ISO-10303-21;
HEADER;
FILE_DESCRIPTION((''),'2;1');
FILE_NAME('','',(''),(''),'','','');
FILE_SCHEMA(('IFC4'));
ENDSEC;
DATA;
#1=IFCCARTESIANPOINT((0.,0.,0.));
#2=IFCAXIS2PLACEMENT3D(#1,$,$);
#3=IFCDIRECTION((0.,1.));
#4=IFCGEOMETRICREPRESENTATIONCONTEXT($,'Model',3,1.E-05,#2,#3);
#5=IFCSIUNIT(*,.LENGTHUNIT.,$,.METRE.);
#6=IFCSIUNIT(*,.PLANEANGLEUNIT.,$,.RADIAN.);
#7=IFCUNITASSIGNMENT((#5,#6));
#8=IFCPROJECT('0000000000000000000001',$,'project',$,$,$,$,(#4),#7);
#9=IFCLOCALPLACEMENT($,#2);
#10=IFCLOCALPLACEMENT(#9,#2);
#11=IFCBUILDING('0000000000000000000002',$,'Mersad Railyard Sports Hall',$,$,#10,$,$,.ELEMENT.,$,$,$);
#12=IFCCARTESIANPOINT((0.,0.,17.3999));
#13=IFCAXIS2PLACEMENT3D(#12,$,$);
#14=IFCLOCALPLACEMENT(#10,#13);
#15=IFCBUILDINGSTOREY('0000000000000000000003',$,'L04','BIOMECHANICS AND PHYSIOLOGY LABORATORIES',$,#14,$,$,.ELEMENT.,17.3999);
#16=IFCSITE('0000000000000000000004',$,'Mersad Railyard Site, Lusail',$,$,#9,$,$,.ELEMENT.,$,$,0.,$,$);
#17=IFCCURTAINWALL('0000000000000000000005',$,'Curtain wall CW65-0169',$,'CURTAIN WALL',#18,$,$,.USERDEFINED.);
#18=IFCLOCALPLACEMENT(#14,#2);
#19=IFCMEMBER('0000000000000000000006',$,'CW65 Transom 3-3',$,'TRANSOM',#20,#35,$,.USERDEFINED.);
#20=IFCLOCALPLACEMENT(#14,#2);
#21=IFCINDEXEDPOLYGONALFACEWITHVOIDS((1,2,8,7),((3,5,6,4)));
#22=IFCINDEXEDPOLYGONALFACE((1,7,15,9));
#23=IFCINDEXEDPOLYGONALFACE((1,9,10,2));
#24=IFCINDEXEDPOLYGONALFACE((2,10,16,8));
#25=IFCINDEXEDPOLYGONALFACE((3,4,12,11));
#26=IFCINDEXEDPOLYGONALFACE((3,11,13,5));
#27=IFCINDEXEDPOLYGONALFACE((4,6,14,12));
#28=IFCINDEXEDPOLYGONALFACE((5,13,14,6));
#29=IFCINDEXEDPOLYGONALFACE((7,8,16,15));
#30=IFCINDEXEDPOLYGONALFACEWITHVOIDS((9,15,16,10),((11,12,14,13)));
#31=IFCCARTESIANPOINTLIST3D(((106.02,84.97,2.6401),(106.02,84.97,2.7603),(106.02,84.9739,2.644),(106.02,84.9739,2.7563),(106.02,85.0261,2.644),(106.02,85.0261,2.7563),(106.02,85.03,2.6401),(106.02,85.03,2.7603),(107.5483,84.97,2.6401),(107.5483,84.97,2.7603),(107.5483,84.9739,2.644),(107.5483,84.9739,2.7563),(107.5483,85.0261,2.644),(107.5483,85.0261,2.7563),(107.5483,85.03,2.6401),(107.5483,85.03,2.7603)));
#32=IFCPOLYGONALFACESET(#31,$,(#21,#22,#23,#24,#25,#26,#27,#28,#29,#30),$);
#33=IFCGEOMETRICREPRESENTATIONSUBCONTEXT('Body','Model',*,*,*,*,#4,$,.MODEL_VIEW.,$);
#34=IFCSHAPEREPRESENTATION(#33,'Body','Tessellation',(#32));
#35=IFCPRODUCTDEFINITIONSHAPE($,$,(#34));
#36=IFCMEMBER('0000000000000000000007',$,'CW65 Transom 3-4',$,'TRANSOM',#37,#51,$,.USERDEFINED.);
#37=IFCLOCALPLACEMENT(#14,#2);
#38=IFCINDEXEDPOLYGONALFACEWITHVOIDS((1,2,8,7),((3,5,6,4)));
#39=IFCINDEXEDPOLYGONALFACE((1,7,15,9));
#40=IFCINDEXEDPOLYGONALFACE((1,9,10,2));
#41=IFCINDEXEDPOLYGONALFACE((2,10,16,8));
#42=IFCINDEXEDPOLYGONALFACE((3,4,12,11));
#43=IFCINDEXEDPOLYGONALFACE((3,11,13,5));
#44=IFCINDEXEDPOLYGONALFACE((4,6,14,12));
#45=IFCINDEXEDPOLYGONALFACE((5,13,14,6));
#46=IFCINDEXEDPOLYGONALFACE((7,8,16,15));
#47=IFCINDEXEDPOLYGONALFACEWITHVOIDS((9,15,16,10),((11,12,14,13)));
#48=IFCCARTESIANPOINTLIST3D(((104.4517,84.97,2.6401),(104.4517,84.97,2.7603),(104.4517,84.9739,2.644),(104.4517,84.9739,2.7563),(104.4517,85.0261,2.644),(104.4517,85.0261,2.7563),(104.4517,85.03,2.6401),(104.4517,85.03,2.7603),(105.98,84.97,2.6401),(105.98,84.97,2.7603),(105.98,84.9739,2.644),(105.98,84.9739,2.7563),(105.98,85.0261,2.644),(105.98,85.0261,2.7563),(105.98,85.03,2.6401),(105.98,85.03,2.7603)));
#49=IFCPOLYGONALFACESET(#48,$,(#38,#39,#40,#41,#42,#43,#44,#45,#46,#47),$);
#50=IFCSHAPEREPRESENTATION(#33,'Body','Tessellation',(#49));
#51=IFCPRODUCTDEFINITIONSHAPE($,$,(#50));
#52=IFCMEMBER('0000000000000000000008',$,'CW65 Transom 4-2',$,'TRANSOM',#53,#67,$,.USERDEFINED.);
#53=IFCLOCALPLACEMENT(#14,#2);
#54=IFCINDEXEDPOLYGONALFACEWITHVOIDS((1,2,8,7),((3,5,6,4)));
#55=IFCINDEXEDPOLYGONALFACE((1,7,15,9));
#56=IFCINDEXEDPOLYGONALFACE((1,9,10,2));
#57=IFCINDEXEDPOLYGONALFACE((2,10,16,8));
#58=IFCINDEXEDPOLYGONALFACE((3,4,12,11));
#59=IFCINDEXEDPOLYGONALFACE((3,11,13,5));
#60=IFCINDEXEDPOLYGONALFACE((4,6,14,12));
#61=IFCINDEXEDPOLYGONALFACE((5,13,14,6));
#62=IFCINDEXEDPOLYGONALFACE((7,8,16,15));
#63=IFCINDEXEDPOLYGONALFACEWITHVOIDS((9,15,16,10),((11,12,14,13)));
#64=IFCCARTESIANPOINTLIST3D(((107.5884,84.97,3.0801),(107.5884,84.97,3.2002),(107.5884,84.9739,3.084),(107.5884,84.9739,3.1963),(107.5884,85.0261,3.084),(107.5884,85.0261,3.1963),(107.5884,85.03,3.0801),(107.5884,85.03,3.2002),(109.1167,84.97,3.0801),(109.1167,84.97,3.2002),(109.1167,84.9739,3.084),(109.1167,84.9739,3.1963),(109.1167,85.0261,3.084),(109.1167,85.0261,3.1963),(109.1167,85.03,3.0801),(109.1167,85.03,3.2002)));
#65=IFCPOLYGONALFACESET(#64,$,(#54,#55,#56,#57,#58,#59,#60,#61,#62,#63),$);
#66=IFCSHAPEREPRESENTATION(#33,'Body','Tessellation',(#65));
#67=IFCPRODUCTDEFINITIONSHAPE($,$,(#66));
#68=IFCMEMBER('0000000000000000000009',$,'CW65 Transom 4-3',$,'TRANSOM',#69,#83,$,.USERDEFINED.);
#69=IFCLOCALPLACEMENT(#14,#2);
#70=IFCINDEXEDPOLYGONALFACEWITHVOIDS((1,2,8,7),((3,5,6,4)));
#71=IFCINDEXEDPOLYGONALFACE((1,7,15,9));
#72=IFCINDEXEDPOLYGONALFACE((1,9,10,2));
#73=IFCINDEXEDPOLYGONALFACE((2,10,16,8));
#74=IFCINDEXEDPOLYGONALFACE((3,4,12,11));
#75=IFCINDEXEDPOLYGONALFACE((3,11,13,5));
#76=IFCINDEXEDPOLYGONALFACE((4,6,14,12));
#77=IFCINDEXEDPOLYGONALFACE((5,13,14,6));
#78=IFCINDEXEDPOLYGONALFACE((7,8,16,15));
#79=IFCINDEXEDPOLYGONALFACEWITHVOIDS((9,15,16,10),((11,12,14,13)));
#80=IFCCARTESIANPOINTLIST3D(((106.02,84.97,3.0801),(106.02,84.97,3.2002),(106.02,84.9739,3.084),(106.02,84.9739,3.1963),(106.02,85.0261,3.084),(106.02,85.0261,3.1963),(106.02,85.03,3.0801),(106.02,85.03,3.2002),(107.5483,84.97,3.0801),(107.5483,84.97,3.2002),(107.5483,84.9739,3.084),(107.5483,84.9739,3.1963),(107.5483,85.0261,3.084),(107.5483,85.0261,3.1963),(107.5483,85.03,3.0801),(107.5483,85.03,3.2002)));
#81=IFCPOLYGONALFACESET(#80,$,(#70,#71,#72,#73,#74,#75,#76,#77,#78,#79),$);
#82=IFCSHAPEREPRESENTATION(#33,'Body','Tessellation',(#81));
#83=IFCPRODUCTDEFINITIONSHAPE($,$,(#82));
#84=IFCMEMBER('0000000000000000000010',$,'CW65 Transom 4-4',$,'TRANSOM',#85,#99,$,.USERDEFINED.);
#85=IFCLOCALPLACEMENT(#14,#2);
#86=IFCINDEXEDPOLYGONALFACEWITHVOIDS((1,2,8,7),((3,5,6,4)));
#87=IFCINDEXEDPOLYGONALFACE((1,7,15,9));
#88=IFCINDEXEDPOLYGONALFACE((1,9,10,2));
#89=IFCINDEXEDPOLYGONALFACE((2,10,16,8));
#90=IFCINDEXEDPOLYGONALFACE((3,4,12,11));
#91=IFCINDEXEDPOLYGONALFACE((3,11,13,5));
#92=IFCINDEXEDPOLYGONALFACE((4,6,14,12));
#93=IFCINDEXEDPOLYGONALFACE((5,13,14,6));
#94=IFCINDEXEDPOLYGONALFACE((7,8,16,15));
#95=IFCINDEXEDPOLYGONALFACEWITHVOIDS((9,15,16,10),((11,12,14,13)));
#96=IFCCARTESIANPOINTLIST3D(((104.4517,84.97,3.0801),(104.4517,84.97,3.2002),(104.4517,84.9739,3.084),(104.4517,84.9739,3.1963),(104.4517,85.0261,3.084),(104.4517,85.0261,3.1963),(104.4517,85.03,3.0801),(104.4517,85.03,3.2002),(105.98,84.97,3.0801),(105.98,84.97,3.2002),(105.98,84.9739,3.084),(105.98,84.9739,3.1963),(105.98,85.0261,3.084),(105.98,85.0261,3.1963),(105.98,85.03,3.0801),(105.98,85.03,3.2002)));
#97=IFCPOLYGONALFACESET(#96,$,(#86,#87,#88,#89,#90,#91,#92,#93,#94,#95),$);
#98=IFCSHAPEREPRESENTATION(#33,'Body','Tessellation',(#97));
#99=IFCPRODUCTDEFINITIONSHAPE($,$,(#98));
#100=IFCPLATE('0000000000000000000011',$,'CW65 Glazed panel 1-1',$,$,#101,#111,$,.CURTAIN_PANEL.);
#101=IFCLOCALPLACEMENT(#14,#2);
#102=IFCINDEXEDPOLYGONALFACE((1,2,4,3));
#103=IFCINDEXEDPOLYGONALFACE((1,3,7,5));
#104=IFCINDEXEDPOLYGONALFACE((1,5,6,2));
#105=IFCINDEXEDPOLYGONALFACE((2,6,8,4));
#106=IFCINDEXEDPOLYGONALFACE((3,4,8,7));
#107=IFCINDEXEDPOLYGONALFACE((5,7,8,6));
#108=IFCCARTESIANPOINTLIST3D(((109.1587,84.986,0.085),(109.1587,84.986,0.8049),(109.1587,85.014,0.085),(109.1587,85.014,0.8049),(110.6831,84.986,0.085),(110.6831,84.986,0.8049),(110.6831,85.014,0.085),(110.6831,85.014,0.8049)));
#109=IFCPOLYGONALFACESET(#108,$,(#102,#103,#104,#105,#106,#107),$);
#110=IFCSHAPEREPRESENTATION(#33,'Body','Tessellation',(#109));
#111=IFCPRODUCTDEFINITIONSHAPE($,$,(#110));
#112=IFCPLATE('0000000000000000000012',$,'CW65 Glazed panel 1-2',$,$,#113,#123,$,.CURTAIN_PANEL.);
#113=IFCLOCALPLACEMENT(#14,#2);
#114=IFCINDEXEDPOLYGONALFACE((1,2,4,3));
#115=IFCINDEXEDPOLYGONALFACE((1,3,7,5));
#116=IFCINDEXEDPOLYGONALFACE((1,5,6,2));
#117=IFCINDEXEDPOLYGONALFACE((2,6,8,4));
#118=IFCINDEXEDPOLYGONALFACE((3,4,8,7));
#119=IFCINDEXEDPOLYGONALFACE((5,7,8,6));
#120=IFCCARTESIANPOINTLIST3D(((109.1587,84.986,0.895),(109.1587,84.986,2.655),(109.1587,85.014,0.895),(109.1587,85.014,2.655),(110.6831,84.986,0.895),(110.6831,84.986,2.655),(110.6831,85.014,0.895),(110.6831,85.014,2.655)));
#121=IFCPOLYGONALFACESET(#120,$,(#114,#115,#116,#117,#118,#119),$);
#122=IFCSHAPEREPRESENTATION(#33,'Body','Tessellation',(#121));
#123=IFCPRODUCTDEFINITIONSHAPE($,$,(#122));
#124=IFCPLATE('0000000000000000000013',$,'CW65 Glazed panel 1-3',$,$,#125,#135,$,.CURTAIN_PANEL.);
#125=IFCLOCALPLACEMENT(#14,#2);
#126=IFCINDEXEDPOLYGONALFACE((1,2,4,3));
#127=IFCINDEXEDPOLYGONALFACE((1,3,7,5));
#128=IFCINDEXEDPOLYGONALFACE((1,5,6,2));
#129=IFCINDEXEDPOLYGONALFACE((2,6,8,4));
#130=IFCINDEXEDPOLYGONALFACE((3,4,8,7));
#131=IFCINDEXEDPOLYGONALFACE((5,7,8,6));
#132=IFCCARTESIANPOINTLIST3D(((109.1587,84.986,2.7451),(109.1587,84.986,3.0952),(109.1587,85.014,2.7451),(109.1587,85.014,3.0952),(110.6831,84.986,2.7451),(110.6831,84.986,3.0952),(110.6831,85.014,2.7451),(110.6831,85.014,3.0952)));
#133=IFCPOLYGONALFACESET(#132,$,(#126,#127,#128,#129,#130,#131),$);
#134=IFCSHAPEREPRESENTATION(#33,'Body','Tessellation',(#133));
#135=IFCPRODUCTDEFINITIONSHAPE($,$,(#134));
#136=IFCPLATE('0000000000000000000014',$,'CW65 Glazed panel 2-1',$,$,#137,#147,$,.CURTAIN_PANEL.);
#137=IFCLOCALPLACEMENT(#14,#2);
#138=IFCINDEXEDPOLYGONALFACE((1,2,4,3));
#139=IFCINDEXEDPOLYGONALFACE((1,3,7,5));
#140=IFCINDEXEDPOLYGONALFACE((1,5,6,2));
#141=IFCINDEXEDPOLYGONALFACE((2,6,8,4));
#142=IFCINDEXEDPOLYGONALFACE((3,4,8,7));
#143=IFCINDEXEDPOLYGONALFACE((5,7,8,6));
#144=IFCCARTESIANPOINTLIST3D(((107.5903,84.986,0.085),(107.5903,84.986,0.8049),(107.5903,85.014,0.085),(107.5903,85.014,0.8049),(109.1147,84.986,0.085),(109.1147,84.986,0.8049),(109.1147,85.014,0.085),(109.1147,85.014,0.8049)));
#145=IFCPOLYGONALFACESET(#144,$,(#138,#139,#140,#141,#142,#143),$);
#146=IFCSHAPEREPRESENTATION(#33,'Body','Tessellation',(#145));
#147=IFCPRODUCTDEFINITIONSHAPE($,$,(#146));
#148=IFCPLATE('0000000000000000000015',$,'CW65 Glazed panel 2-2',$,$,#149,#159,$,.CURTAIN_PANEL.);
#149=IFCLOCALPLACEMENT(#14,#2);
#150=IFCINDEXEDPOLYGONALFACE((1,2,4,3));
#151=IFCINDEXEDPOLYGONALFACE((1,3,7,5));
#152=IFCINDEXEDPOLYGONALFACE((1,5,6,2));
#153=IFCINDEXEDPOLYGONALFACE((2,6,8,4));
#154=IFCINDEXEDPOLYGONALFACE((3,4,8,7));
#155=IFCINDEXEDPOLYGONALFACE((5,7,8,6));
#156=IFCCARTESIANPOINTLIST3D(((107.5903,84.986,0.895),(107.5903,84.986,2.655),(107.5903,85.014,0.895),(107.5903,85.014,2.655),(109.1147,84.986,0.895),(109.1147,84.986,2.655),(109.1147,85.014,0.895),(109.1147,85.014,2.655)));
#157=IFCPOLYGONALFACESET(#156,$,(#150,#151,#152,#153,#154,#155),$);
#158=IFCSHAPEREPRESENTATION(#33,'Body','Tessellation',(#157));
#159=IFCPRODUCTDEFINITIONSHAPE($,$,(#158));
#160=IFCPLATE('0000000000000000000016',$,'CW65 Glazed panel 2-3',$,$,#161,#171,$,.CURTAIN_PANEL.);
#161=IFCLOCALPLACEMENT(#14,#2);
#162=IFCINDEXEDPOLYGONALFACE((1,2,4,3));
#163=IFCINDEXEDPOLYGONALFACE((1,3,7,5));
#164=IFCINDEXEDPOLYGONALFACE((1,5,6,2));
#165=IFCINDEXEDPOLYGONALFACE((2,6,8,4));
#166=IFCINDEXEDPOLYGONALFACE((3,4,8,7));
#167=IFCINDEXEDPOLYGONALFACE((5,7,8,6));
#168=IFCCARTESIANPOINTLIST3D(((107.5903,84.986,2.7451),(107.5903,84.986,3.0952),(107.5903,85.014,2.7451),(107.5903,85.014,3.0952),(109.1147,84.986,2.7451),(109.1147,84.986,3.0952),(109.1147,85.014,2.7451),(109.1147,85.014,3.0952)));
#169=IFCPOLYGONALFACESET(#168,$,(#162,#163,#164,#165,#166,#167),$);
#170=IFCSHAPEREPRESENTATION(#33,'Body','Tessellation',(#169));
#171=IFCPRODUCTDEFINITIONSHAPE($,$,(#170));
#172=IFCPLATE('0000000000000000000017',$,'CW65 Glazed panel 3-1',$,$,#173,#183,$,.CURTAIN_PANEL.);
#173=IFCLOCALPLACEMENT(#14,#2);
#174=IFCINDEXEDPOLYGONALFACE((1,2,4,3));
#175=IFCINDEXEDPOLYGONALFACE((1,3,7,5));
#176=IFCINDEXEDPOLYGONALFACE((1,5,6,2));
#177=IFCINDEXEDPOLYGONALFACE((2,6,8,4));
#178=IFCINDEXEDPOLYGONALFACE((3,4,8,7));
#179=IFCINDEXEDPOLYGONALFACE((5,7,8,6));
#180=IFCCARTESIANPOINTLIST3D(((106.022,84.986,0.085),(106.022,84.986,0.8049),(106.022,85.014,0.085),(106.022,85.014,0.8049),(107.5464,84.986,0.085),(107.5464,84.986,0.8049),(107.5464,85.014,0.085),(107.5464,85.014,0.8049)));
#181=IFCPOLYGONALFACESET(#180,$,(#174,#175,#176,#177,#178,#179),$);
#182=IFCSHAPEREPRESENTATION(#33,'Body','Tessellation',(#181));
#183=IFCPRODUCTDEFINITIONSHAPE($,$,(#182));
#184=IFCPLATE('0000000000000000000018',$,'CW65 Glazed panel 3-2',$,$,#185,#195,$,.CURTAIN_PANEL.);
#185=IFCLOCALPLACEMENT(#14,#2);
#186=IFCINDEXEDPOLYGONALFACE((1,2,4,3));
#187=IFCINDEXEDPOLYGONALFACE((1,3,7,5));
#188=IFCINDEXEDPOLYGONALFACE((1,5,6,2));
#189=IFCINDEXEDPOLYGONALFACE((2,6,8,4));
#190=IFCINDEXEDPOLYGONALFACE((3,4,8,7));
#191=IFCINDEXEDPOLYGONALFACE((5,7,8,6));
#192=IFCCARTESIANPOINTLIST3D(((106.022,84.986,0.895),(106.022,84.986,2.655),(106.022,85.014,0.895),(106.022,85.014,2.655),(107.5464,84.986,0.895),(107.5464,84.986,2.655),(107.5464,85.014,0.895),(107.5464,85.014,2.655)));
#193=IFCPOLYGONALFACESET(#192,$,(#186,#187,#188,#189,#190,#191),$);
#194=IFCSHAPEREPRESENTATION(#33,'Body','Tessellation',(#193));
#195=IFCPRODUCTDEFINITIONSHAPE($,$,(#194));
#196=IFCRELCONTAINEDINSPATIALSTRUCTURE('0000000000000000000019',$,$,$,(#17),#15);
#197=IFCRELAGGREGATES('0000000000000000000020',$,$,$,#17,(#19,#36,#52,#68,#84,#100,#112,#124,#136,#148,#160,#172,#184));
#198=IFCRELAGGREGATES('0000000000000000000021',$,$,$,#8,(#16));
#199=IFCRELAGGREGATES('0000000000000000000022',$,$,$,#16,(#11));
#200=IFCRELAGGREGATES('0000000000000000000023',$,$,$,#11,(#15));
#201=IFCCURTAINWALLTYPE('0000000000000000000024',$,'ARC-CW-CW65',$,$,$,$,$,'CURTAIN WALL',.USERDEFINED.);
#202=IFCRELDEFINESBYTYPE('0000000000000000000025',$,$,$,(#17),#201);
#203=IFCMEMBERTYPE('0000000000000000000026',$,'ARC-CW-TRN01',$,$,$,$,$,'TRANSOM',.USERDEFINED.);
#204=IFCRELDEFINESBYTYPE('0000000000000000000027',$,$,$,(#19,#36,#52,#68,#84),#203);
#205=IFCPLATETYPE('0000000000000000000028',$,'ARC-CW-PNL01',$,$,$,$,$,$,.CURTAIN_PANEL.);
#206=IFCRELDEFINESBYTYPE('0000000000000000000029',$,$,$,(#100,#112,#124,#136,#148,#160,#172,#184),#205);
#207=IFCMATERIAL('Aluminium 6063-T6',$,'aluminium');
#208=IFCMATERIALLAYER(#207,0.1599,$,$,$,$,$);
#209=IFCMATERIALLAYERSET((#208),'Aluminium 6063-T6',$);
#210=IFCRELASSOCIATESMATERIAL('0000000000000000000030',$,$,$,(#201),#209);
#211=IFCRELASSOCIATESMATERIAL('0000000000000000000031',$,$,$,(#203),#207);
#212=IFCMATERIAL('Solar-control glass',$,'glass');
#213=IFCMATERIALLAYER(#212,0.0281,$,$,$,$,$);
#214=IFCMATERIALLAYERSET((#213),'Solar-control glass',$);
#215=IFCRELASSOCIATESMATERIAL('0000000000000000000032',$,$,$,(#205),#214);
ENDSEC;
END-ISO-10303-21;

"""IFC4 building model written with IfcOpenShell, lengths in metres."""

from ifc_helpers import new_model, si_unit, direction, frame, origin, origin_2d, place, context, subcontext, project, spatial, rectangle, hollow_rectangle, extrude, material, layer, layer_set, material_profile, profile_set, type_object, element, aggregate, save


model = new_model("IFC4")

# Units and contexts
model_context = context("Model", 3, precision=1e-05, world=origin(), true_north=direction((0.0, 1.0)))
body_context = subcontext(model_context, "Body", "Model", "MODEL_VIEW")
ifc_project = project(units=[si_unit("LENGTHUNIT", "METRE"), si_unit("PLANEANGLEUNIT", "RADIAN")], contexts=[model_context])

# Site, building, storey
site_placement = place(None, origin())
site = spatial("IfcSite", under=ifc_project, at=site_placement, Name="Mersad Railyard Site, Lusail", CompositionType="ELEMENT", RefElevation=0.0)
building_placement = place(site_placement, origin())
building = spatial("IfcBuilding", under=site, at=building_placement, Name="Mersad Railyard Sports Hall", CompositionType="ELEMENT")
storey_placement = place(building_placement, frame((0.0, 0.0, 17.3999)))
storey = spatial("IfcBuildingStorey", under=building, at=storey_placement, Name="L04", Description="BIOMECHANICS AND PHYSIOLOGY LABORATORIES", CompositionType="ELEMENT", Elevation=17.3999)

# Curtain wall, members, plates
ifc_material_1 = material(Name="Aluminium 6063-T6", Category="aluminium")
ifc_layer_1 = layer(ifc_material_1, 0.1599)
ifc_layer_set_1 = layer_set([ifc_layer_1], Name="Aluminium 6063-T6")
curtain_wall_type = type_object("IfcCurtainWallType", Name="ARC-CW-CW65", ElementType="CURTAIN WALL", PredefinedType="USERDEFINED", material=ifc_layer_set_1)
curtain_wall_placement = place(storey_placement, origin())
curtain_wall = element("IfcCurtainWall", 1, at=curtain_wall_placement, inside=storey, type_object=curtain_wall_type, Name="Curtain wall CW65-0169", ObjectType="CURTAIN WALL", PredefinedType="USERDEFINED")
ifc_material_profile_1 = material_profile(ifc_material_1, hollow_rectangle(XDim=0.0601, YDim=0.1201, WallThickness=0.0039, at=origin_2d()), Name="AL TRANSOM 60x120x4")
ifc_profile_set_1 = profile_set([ifc_material_profile_1], Name="Aluminium 6063-T6")
member_type_1 = type_object("IfcMemberType", Name="ARC-CW-TRN01", ElementType="TRANSOM", PredefinedType="USERDEFINED", material=ifc_profile_set_1)
member_1_placement = place(storey_placement, frame((107.5483, 85.0, 2.7002), z_axis=(-1.0, 0.0, 0.0), x_axis=(0.0, -1.0, 0.0)))
member_1 = element("IfcMember", 2, at=member_1_placement, type_object=member_type_1, Name="CW65 Transom 3-3", ObjectType="TRANSOM", PredefinedType="USERDEFINED", context=body_context, shape_type="SweptSolid", body=[
    extrude(hollow_rectangle(XDim=0.0601, YDim=0.1201, WallThickness=0.0039, at=origin_2d()), origin(), (0.0, 0.0, 1.0), 1.5283),
])
member_2_placement = place(storey_placement, frame((105.98, 85.0, 2.7002), z_axis=(-1.0, 0.0, 0.0), x_axis=(0.0, -1.0, 0.0)))
member_2 = element("IfcMember", 3, at=member_2_placement, type_object=member_type_1, Name="CW65 Transom 3-4", ObjectType="TRANSOM", PredefinedType="USERDEFINED", context=body_context, shape_type="SweptSolid", body=[
    extrude(hollow_rectangle(XDim=0.0601, YDim=0.1201, WallThickness=0.0039, at=origin_2d()), origin(), (0.0, 0.0, 1.0), 1.5283),
])
member_3_placement = place(storey_placement, frame((109.1167, 85.0, 3.1401), z_axis=(-1.0, 0.0, 0.0), x_axis=(0.0, -1.0, 0.0)))
member_3 = element("IfcMember", 4, at=member_3_placement, type_object=member_type_1, Name="CW65 Transom 4-2", ObjectType="TRANSOM", PredefinedType="USERDEFINED", context=body_context, shape_type="SweptSolid", body=[
    extrude(hollow_rectangle(XDim=0.0601, YDim=0.1201, WallThickness=0.0039, at=origin_2d()), origin(), (0.0, 0.0, 1.0), 1.5283),
])
member_4_placement = place(storey_placement, frame((107.5483, 85.0, 3.1401), z_axis=(-1.0, 0.0, 0.0), x_axis=(0.0, -1.0, 0.0)))
member_4 = element("IfcMember", 5, at=member_4_placement, type_object=member_type_1, Name="CW65 Transom 4-3", ObjectType="TRANSOM", PredefinedType="USERDEFINED", context=body_context, shape_type="SweptSolid", body=[
    extrude(hollow_rectangle(XDim=0.0601, YDim=0.1201, WallThickness=0.0039, at=origin_2d()), origin(), (0.0, 0.0, 1.0), 1.5283),
])
member_5_placement = place(storey_placement, frame((105.98, 85.0, 3.1401), z_axis=(-1.0, 0.0, 0.0), x_axis=(0.0, -1.0, 0.0)))
member_5 = element("IfcMember", 6, at=member_5_placement, type_object=member_type_1, Name="CW65 Transom 4-4", ObjectType="TRANSOM", PredefinedType="USERDEFINED", context=body_context, shape_type="SweptSolid", body=[
    extrude(hollow_rectangle(XDim=0.0601, YDim=0.1201, WallThickness=0.0039, at=origin_2d()), origin(), (0.0, 0.0, 1.0), 1.5283),
])
ifc_material_2 = material(Name="Solar-control glass", Category="glass")
ifc_layer_2 = layer(ifc_material_2, 0.0281)
ifc_layer_set_2 = layer_set([ifc_layer_2], Name="Solar-control glass")
plate_type = type_object("IfcPlateType", Name="ARC-CW-PNL01", PredefinedType="CURTAIN_PANEL", material=ifc_layer_set_2)
plate_1_placement = place(storey_placement, frame((109.9209, 85.0, 0.085), z_axis=(0.0, 0.0, 1.0), x_axis=(-1.0, 0.0, 0.0)))
plate_1 = element("IfcPlate", 7, at=plate_1_placement, type_object=plate_type, Name="CW65 Glazed panel 1-1", PredefinedType="CURTAIN_PANEL", context=body_context, shape_type="SweptSolid", body=[
    extrude(rectangle(XDim=1.5244, YDim=0.0281, at=origin_2d()), origin(), (0.0, 0.0, 1.0), 0.72),
])
plate_2_placement = place(storey_placement, frame((109.9209, 85.0, 0.895), z_axis=(0.0, 0.0, 1.0), x_axis=(-1.0, 0.0, 0.0)))
plate_2 = element("IfcPlate", 8, at=plate_2_placement, type_object=plate_type, Name="CW65 Glazed panel 1-2", PredefinedType="CURTAIN_PANEL", context=body_context, shape_type="SweptSolid", body=[
    extrude(rectangle(XDim=1.5244, YDim=0.0281, at=origin_2d()), origin(), (0.0, 0.0, 1.0), 1.76),
])
plate_3_placement = place(storey_placement, frame((109.9209, 85.0, 2.7451), z_axis=(0.0, 0.0, 1.0), x_axis=(-1.0, 0.0, 0.0)))
plate_3 = element("IfcPlate", 9, at=plate_3_placement, type_object=plate_type, Name="CW65 Glazed panel 1-3", PredefinedType="CURTAIN_PANEL", context=body_context, shape_type="SweptSolid", body=[
    extrude(rectangle(XDim=1.5244, YDim=0.0281, at=origin_2d()), origin(), (0.0, 0.0, 1.0), 0.3501),
])
plate_4_placement = place(storey_placement, frame((108.3525, 85.0, 0.085), z_axis=(0.0, 0.0, 1.0), x_axis=(-1.0, 0.0, 0.0)))
plate_4 = element("IfcPlate", 10, at=plate_4_placement, type_object=plate_type, Name="CW65 Glazed panel 2-1", PredefinedType="CURTAIN_PANEL", context=body_context, shape_type="SweptSolid", body=[
    extrude(rectangle(XDim=1.5244, YDim=0.0281, at=origin_2d()), origin(), (0.0, 0.0, 1.0), 0.72),
])
plate_5_placement = place(storey_placement, frame((108.3525, 85.0, 0.895), z_axis=(0.0, 0.0, 1.0), x_axis=(-1.0, 0.0, 0.0)))
plate_5 = element("IfcPlate", 11, at=plate_5_placement, type_object=plate_type, Name="CW65 Glazed panel 2-2", PredefinedType="CURTAIN_PANEL", context=body_context, shape_type="SweptSolid", body=[
    extrude(rectangle(XDim=1.5244, YDim=0.0281, at=origin_2d()), origin(), (0.0, 0.0, 1.0), 1.76),
])
plate_6_placement = place(storey_placement, frame((108.3525, 85.0, 2.7451), z_axis=(0.0, 0.0, 1.0), x_axis=(-1.0, 0.0, 0.0)))
plate_6 = element("IfcPlate", 12, at=plate_6_placement, type_object=plate_type, Name="CW65 Glazed panel 2-3", PredefinedType="CURTAIN_PANEL", context=body_context, shape_type="SweptSolid", body=[
    extrude(rectangle(XDim=1.5244, YDim=0.0281, at=origin_2d()), origin(), (0.0, 0.0, 1.0), 0.3501),
])
plate_7_placement = place(storey_placement, frame((106.7842, 85.0, 0.085), z_axis=(0.0, 0.0, 1.0), x_axis=(-1.0, 0.0, 0.0)))
plate_7 = element("IfcPlate", 13, at=plate_7_placement, type_object=plate_type, Name="CW65 Glazed panel 3-1", PredefinedType="CURTAIN_PANEL", context=body_context, shape_type="SweptSolid", body=[
    extrude(rectangle(XDim=1.5244, YDim=0.0281, at=origin_2d()), origin(), (0.0, 0.0, 1.0), 0.72),
])
plate_8_placement = place(storey_placement, frame((106.7842, 85.0, 0.895), z_axis=(0.0, 0.0, 1.0), x_axis=(-1.0, 0.0, 0.0)))
plate_8 = element("IfcPlate", 14, at=plate_8_placement, type_object=plate_type, Name="CW65 Glazed panel 3-2", PredefinedType="CURTAIN_PANEL", context=body_context, shape_type="SweptSolid", body=[
    extrude(rectangle(XDim=1.5244, YDim=0.0281, at=origin_2d()), origin(), (0.0, 0.0, 1.0), 1.76),
])
aggregate(curtain_wall, [member_1, member_2, member_3, member_4, member_5, plate_1, plate_2, plate_3, plate_4, plate_5, plate_6, plate_7, plate_8])

save(model, "model.ifc")
